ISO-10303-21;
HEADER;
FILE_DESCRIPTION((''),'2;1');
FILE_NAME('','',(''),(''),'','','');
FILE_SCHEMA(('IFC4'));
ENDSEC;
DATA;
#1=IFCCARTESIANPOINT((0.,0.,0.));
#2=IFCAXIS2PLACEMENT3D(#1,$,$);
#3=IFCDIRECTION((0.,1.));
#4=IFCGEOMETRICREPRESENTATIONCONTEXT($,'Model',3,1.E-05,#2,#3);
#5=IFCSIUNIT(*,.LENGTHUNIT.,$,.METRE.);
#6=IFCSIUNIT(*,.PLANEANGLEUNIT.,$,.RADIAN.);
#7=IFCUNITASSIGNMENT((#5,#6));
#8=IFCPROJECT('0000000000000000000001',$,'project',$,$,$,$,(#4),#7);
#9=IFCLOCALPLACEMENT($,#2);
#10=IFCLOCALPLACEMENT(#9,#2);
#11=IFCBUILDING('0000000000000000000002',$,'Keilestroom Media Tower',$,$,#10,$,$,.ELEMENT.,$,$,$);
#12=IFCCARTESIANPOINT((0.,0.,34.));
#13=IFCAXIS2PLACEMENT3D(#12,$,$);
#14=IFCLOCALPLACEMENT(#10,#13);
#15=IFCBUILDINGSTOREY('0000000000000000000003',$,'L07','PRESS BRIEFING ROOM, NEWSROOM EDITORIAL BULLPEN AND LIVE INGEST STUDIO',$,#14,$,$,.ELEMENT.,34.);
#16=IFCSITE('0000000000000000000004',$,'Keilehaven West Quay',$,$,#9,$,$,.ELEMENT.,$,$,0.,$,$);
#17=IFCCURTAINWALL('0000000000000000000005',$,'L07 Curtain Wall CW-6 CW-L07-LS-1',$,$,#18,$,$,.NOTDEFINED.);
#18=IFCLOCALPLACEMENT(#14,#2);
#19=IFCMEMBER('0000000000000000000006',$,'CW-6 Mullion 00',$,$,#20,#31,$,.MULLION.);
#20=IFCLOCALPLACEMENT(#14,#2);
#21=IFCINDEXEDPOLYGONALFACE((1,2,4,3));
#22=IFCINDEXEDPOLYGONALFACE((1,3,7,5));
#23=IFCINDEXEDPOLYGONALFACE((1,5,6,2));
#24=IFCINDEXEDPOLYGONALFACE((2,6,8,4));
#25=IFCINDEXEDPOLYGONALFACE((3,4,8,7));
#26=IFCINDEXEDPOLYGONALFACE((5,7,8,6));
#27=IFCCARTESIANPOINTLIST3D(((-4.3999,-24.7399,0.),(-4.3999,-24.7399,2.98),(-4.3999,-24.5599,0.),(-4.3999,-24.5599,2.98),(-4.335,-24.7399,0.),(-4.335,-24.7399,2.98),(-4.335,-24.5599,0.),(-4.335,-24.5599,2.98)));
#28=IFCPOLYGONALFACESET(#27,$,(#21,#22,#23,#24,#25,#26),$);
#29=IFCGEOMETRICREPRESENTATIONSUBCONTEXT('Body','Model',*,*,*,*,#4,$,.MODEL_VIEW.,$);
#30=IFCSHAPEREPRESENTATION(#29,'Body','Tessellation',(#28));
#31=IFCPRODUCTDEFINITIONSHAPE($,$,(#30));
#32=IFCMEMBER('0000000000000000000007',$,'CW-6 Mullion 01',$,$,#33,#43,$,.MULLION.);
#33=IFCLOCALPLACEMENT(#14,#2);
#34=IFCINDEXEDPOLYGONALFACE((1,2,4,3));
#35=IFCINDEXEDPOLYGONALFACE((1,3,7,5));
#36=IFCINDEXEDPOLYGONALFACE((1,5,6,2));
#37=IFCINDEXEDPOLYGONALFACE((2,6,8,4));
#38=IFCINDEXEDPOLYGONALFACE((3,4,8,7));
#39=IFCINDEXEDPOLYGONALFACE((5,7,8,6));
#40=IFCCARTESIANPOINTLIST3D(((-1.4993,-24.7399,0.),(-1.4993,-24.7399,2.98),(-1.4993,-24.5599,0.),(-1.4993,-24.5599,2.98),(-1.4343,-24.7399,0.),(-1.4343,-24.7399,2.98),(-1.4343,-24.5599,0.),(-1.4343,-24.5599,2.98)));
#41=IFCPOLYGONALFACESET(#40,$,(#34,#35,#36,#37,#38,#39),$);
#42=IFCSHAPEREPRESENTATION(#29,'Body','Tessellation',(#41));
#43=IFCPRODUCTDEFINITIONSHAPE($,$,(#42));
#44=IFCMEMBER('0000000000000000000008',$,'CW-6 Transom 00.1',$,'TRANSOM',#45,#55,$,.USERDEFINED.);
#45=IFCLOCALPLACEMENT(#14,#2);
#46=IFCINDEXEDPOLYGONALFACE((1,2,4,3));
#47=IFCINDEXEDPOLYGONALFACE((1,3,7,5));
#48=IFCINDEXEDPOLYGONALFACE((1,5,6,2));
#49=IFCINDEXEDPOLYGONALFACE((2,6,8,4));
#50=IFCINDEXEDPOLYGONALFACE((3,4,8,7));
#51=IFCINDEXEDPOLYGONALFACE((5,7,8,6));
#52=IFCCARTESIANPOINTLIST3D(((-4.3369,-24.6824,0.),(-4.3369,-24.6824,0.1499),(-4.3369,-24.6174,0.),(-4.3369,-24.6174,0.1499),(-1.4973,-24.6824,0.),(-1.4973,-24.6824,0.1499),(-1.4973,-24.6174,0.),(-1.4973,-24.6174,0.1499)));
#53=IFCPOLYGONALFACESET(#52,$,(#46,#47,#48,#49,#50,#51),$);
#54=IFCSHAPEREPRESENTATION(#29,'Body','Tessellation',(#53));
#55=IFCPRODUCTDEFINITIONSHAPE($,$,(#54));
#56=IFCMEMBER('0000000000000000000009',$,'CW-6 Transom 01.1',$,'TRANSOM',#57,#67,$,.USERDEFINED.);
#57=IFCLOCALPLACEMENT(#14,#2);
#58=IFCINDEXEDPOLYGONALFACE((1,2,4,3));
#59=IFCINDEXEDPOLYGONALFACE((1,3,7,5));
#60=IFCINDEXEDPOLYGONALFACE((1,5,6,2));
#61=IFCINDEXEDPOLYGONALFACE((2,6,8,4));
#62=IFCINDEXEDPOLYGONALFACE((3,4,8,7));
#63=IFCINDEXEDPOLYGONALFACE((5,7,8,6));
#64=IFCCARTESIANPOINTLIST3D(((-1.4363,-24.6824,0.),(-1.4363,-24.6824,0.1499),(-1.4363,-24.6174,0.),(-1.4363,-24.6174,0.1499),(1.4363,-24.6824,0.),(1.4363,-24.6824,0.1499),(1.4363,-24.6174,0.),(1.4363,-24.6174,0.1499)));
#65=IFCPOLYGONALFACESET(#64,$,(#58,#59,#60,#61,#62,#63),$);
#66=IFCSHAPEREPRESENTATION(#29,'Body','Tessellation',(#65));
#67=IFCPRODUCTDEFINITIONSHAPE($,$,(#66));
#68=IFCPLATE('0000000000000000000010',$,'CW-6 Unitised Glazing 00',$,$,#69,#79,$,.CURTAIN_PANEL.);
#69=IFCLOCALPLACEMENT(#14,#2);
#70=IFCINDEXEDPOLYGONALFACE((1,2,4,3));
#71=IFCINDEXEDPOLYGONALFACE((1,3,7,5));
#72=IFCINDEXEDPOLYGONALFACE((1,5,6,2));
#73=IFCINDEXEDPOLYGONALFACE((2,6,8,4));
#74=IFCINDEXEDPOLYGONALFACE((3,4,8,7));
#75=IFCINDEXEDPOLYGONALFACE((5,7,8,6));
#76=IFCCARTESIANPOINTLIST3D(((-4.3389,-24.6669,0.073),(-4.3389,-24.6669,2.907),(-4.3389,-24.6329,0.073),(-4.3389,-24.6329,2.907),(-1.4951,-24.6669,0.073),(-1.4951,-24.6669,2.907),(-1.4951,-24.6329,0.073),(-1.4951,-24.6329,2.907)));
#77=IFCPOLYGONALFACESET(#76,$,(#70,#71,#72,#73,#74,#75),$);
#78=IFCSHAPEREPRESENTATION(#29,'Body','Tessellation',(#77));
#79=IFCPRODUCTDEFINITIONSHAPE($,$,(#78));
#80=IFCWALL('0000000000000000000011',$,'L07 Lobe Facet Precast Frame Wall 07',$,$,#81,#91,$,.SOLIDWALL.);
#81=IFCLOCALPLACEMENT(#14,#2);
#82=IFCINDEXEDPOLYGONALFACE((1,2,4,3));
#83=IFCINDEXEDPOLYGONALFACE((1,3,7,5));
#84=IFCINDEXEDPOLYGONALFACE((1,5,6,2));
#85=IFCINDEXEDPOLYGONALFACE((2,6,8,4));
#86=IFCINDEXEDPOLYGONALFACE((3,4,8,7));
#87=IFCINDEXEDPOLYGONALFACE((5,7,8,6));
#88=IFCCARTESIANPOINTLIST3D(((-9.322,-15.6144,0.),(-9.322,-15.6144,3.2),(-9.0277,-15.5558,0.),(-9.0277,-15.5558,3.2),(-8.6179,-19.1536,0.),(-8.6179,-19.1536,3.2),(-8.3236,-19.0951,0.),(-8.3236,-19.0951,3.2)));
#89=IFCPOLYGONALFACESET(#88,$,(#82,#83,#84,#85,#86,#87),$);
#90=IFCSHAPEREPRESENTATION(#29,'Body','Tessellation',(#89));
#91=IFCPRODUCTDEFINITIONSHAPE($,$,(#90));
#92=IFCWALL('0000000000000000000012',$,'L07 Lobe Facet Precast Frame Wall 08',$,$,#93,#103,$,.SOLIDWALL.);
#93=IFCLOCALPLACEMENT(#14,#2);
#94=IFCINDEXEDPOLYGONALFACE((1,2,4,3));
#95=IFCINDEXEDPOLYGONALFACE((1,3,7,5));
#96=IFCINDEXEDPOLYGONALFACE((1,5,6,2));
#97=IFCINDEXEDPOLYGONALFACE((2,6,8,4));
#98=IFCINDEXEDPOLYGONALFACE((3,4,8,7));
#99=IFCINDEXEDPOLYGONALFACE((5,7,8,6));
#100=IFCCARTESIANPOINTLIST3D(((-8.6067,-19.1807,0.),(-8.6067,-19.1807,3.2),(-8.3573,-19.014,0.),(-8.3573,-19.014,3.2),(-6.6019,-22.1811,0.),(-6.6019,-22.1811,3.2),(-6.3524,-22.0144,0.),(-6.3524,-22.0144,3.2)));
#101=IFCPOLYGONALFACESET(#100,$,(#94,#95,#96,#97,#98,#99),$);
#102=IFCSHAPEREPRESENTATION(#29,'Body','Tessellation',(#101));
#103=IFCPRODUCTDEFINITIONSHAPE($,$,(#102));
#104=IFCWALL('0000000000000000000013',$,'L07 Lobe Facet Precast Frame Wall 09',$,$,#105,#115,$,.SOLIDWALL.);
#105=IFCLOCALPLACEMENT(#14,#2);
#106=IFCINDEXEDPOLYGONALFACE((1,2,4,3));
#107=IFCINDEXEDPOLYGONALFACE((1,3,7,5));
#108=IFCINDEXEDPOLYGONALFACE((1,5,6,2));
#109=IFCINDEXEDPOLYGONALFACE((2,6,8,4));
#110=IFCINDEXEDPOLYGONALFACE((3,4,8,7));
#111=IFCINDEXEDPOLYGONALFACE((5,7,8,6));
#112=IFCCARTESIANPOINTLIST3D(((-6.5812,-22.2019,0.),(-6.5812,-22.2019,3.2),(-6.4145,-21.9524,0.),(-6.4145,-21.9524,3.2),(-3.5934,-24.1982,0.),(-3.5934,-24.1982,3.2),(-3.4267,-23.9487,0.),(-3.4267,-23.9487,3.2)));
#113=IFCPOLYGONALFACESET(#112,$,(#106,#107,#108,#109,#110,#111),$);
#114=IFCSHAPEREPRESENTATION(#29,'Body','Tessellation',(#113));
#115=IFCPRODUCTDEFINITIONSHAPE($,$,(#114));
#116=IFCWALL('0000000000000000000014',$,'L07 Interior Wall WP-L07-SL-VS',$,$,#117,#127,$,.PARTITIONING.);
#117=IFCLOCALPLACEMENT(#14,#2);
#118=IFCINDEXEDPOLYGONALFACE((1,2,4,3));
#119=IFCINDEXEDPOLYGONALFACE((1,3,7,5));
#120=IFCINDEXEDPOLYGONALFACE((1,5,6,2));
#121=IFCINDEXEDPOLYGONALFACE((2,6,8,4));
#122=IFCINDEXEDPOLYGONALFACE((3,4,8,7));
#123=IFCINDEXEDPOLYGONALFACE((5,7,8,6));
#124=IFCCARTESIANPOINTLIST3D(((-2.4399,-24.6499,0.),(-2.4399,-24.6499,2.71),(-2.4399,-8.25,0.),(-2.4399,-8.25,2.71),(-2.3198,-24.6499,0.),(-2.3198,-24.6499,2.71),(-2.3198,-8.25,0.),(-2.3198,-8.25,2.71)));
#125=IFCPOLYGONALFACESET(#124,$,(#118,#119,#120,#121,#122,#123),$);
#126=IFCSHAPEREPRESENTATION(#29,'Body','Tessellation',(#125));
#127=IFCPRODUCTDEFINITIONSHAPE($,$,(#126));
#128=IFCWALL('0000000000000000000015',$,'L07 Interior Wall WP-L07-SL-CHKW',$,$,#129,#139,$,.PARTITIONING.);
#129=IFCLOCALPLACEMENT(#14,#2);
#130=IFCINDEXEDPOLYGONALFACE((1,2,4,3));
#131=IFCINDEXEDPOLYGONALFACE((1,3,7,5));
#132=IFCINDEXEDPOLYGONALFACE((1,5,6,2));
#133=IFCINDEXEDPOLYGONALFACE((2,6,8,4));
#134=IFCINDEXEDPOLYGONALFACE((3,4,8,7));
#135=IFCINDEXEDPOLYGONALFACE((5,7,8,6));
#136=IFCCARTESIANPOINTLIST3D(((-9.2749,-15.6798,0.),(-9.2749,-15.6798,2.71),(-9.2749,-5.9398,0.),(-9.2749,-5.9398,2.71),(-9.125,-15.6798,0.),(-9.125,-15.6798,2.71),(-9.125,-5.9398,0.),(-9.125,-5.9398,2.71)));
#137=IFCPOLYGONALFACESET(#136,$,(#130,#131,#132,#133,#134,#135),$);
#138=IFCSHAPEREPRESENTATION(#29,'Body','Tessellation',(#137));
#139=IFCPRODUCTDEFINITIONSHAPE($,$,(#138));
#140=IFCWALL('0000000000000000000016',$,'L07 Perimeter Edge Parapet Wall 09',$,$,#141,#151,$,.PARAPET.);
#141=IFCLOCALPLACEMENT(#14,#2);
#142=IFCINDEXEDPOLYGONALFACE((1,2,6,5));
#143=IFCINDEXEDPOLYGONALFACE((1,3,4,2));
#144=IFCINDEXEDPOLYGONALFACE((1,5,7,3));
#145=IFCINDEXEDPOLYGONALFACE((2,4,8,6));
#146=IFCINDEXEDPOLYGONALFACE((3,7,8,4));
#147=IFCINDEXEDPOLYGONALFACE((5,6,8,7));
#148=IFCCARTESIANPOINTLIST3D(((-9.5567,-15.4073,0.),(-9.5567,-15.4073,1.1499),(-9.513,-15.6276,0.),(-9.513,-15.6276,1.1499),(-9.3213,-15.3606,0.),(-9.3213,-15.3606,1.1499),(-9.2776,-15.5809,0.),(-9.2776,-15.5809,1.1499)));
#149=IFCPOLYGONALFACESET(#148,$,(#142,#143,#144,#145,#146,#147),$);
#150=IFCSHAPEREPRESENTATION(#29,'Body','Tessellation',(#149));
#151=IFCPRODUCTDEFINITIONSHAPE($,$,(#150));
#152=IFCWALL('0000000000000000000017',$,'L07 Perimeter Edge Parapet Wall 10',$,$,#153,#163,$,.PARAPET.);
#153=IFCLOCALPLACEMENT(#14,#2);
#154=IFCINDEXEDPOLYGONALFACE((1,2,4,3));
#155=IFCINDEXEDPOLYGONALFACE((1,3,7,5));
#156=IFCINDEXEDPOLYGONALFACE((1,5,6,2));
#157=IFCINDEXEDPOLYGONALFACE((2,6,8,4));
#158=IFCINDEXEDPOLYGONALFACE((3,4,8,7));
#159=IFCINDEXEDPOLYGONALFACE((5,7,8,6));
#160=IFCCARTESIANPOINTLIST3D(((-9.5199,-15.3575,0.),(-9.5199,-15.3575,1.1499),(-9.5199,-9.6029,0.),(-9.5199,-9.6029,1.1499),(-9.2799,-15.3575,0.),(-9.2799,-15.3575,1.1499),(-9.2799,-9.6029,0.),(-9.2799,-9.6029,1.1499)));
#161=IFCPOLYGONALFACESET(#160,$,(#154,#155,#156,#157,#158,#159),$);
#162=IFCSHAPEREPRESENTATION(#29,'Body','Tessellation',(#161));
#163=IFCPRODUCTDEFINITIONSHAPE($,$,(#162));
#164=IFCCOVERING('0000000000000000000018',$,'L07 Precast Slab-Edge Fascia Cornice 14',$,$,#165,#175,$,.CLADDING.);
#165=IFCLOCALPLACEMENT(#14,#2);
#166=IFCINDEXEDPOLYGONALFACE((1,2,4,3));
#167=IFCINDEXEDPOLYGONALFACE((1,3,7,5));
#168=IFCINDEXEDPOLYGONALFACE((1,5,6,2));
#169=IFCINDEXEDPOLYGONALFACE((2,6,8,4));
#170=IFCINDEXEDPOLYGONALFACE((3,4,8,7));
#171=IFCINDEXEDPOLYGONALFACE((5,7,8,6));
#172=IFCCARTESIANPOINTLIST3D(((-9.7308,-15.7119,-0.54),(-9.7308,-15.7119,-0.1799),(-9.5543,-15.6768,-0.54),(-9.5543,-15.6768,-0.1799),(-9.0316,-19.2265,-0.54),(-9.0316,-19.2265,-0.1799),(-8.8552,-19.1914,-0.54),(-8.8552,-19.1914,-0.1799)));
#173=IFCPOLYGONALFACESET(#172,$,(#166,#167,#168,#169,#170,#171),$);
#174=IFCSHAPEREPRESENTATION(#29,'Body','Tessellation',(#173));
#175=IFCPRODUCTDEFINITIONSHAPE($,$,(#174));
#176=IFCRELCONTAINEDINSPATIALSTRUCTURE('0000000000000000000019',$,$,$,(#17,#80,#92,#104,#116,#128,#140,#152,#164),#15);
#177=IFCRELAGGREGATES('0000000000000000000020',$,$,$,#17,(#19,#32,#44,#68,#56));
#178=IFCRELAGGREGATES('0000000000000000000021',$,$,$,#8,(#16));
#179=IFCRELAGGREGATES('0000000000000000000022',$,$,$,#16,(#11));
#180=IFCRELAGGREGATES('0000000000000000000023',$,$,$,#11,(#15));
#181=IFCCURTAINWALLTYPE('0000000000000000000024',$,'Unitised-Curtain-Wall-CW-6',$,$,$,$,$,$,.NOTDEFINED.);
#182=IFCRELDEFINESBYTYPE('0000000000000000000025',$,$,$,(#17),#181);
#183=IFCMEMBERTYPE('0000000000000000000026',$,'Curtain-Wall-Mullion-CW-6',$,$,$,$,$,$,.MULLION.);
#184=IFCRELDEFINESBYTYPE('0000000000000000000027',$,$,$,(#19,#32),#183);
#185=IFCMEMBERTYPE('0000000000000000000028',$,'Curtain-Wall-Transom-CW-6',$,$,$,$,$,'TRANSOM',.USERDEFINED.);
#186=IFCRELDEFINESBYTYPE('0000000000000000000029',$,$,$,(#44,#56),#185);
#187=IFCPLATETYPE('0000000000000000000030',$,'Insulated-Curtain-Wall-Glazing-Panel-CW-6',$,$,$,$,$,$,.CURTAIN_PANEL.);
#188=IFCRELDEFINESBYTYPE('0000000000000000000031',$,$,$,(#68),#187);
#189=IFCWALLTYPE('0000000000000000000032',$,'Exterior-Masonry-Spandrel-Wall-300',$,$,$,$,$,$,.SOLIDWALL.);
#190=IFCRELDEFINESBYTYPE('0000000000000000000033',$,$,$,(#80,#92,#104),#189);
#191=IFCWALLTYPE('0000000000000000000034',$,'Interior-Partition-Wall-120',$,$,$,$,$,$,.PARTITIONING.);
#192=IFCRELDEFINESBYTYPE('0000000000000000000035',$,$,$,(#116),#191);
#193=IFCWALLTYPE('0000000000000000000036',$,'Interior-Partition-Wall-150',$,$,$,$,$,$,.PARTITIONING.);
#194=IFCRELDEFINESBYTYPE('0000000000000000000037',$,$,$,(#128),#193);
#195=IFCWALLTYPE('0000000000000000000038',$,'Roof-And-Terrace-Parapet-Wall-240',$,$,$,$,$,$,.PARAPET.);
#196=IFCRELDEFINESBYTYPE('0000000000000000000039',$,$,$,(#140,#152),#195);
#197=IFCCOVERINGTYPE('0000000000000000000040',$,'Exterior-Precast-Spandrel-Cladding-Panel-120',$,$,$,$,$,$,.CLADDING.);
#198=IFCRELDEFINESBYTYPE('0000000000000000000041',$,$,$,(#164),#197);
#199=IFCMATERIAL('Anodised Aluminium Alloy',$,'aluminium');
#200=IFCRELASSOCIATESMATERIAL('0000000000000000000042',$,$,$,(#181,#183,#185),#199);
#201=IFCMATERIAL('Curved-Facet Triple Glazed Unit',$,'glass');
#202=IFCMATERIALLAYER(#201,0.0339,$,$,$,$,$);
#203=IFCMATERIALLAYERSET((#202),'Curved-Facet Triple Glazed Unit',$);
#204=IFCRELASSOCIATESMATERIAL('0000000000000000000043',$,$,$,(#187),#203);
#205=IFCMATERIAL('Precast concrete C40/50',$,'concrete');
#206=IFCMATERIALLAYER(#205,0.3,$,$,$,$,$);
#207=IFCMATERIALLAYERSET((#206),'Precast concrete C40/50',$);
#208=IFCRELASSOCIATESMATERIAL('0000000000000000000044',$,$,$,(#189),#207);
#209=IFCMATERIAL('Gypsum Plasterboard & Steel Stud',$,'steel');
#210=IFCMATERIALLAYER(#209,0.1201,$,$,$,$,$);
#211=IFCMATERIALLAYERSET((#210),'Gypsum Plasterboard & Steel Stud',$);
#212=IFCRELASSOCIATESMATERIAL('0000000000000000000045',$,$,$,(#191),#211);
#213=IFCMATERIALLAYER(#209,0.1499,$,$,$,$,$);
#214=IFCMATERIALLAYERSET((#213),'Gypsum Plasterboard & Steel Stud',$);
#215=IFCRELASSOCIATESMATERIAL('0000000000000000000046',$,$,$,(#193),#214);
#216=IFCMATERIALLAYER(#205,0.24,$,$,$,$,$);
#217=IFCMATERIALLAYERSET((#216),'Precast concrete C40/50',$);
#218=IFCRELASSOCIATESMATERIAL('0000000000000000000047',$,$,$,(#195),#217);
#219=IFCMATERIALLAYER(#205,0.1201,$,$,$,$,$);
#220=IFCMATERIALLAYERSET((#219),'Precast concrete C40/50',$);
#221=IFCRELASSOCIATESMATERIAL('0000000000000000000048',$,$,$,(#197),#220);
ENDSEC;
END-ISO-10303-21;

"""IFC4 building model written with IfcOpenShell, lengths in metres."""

from ifc_helpers import new_model, si_unit, direction, frame, frame_2d, origin, origin_2d, place, context, subcontext, project, spatial, rectangle, extrude, source, transform, mapped, material, layer, layer_set, material_profile, profile_set, type_object, element, aggregate, save


model = new_model("IFC4")

# Units and contexts
model_context = context("Model", 3, precision=1e-05, world=origin(), true_north=direction((0.0, 1.0)))
body_context = subcontext(model_context, "Body", "Model", "MODEL_VIEW")
ifc_project = project(units=[si_unit("LENGTHUNIT", "METRE"), si_unit("PLANEANGLEUNIT", "RADIAN")], contexts=[model_context])

# Site, building, storey
site_placement = place(None, origin())
site = spatial("IfcSite", under=ifc_project, at=site_placement, Name="Keilehaven West Quay", CompositionType="ELEMENT", RefElevation=0.0)
building_placement = place(site_placement, origin())
building = spatial("IfcBuilding", under=site, at=building_placement, Name="Keilestroom Media Tower", CompositionType="ELEMENT")
storey_placement = place(building_placement, frame((0.0, 0.0, 34.0)))
storey = spatial("IfcBuildingStorey", under=building, at=storey_placement, Name="L07", Description="PRESS BRIEFING ROOM, NEWSROOM EDITORIAL BULLPEN AND LIVE INGEST STUDIO", CompositionType="ELEMENT", Elevation=34.0)

# Curtain wall, members, plate
ifc_material_1 = material(Name="Anodised Aluminium Alloy", Category="aluminium")
curtain_wall_type = type_object("IfcCurtainWallType", Name="Unitised-Curtain-Wall-CW-6", PredefinedType="NOTDEFINED", material=ifc_material_1)
curtain_wall_placement = place(storey_placement, origin())
curtain_wall = element("IfcCurtainWall", 1, at=curtain_wall_placement, inside=storey, type_object=curtain_wall_type, Name="L07 Curtain Wall CW-6 CW-L07-LS-1", PredefinedType="NOTDEFINED")
ifc_material_profile_1 = material_profile(ifc_material_1, rectangle(XDim=0.0649, YDim=0.1799, at=origin_2d()), Name="ALU MULLION 65x180")
ifc_profile_set_1 = profile_set([ifc_material_profile_1], Name="Anodised Aluminium Alloy")
member_type_1 = type_object("IfcMemberType", Name="Curtain-Wall-Mullion-CW-6", PredefinedType="MULLION", material=ifc_profile_set_1)
shared_shape_1 = source(origin(), body_context, "Body", "SweptSolid", [
    extrude(rectangle(XDim=0.0649, YDim=0.1799, at=origin_2d()), origin(), (0.0, 0.0, 1.0), 2.98),
])
member_1_placement = place(storey_placement, frame((-4.3674, -24.6499, 0.0), z_axis=(0.0, 0.0, 1.0), x_axis=(1.0, 0.0, 0.0)))
member_1 = element("IfcMember", 2, at=member_1_placement, type_object=member_type_1, Name="CW-6 Mullion 00", PredefinedType="MULLION", context=body_context, shape_type="MappedRepresentation", body=[
    mapped(shared_shape_1, transform((0.0, 0.0, 0.0), x_axis=(1.0, 0.0, 0.0), y_axis=(0.0, 1.0, 0.0), z_axis=(0.0, 0.0, 1.0), scale=1.0)),
])
member_2_placement = place(storey_placement, frame((-1.4668, -24.6499, 0.0), z_axis=(0.0, 0.0, 1.0), x_axis=(1.0, 0.0, 0.0)))
member_2 = element("IfcMember", 3, at=member_2_placement, type_object=member_type_1, Name="CW-6 Mullion 01", PredefinedType="MULLION", context=body_context, shape_type="MappedRepresentation", body=[
    mapped(shared_shape_1, transform((0.0, 0.0, 0.0), x_axis=(1.0, 0.0, 0.0), y_axis=(0.0, 1.0, 0.0), z_axis=(0.0, 0.0, 1.0), scale=1.0)),
])
ifc_material_profile_2 = material_profile(ifc_material_1, rectangle(XDim=0.0649, YDim=0.1499, at=origin_2d()), Name="ALU TRANSOM 65x150")
ifc_profile_set_2 = profile_set([ifc_material_profile_2], Name="Anodised Aluminium Alloy")
member_type_2 = type_object("IfcMemberType", Name="Curtain-Wall-Transom-CW-6", ElementType="TRANSOM", PredefinedType="USERDEFINED", material=ifc_profile_set_2)
shared_shape_2 = source(origin(), body_context, "Body", "SweptSolid", [
    extrude(rectangle(XDim=0.0649, YDim=0.1499, at=origin_2d()), origin(), (0.0, 0.0, 1.0), 2.8396),
])
member_3_placement = place(storey_placement, frame((-4.3369, -24.6499, 0.075), z_axis=(1.0, 0.0, 0.0), x_axis=(0.0, 1.0, 0.0)))
member_3 = element("IfcMember", 4, at=member_3_placement, type_object=member_type_2, Name="CW-6 Transom 00.1", ObjectType="TRANSOM", PredefinedType="USERDEFINED", context=body_context, shape_type="MappedRepresentation", body=[
    mapped(shared_shape_2, transform((0.0, 0.0, 0.0), x_axis=(1.0, 0.0, 0.0), y_axis=(0.0, 1.0, 0.0), z_axis=(0.0, 0.0, 1.0), scale=1.0)),
])
shared_shape_3 = source(origin(), body_context, "Body", "SweptSolid", [
    extrude(rectangle(XDim=0.0649, YDim=0.1499, at=origin_2d()), origin(), (0.0, 0.0, 1.0), 2.8726),
])
member_4_placement = place(storey_placement, frame((-1.4363, -24.6499, 0.075), z_axis=(1.0, 0.0, 0.0), x_axis=(0.0, 1.0, 0.0)))
member_4 = element("IfcMember", 5, at=member_4_placement, type_object=member_type_2, Name="CW-6 Transom 01.1", ObjectType="TRANSOM", PredefinedType="USERDEFINED", context=body_context, shape_type="MappedRepresentation", body=[
    mapped(shared_shape_3, transform((0.0, 0.0, 0.0), x_axis=(1.0, 0.0, 0.0), y_axis=(0.0, 1.0, 0.0), z_axis=(0.0, 0.0, 1.0), scale=1.0)),
])
ifc_material_2 = material(Name="Curved-Facet Triple Glazed Unit", Category="glass")
ifc_layer_1 = layer(ifc_material_2, 0.0339)
ifc_layer_set_1 = layer_set([ifc_layer_1], Name="Curved-Facet Triple Glazed Unit")
plate_type = type_object("IfcPlateType", Name="Insulated-Curtain-Wall-Glazing-Panel-CW-6", PredefinedType="CURTAIN_PANEL", material=ifc_layer_set_1)
shared_shape_4 = source(origin(), body_context, "Body", "SweptSolid", [
    extrude(rectangle(XDim=2.8438, YDim=0.0339, at=origin_2d()), origin(), (0.0, 0.0, 1.0), 2.834),
])
plate_placement = place(storey_placement, frame((-2.917, -24.6499, 0.073), z_axis=(0.0, 0.0, 1.0), x_axis=(1.0, 0.0, 0.0)))
plate = element("IfcPlate", 6, at=plate_placement, type_object=plate_type, Name="CW-6 Unitised Glazing 00", PredefinedType="CURTAIN_PANEL", context=body_context, shape_type="MappedRepresentation", body=[
    mapped(shared_shape_4, transform((0.0, 0.0, 0.0), x_axis=(1.0, 0.0, 0.0), y_axis=(0.0, 1.0, 0.0), z_axis=(0.0, 0.0, 1.0), scale=1.0)),
])
aggregate(curtain_wall, [member_1, member_2, member_3, plate, member_4])

# Walls
ifc_material_3 = material(Name="Precast concrete C40/50", Category="concrete")
ifc_layer_2 = layer(ifc_material_3, 0.3)
ifc_layer_set_2 = layer_set([ifc_layer_2], Name="Precast concrete C40/50")
wall_type_1 = type_object("IfcWallType", Name="Exterior-Masonry-Spandrel-Wall-300", PredefinedType="SOLIDWALL", material=ifc_layer_set_2)
for number, where, z_axis, x_axis, name in (
    (7, (-9.1748, -15.5852, 0.0), (0.0, 0.0, 1.0), (0.195114, -0.980781, 0.0), "L07 Lobe Facet Precast Frame Wall 07"),
    (8, (-8.4819, -19.0974, 0.0), (0.0, 0.0, 1.0), (0.555574, -0.831467, 0.0), "L07 Lobe Facet Precast Frame Wall 08"),
):
    element("IfcWall", number, at=place(storey_placement, frame(where, z_axis=z_axis, x_axis=x_axis)), inside=storey, type_object=wall_type_1, Name=name, PredefinedType="SOLIDWALL", context=body_context, shape_type="SweptSolid", body=[
        extrude(rectangle(XDim=3.6086, YDim=0.3, at=frame_2d((1.8042, 0.0))), origin(), (0.0, 0.0, 1.0), 3.2),
    ])
wall_1_placement = place(storey_placement, frame((-6.4978, -22.0771, 0.0), z_axis=(0.0, 0.0, 1.0), x_axis=(0.831475, -0.555562, 0.0)))
element("IfcWall", 9, at=wall_1_placement, inside=storey, type_object=wall_type_1, Name="L07 Lobe Facet Precast Frame Wall 09", PredefinedType="SOLIDWALL", context=body_context, shape_type="SweptSolid", body=[
    extrude(rectangle(XDim=3.5933, YDim=0.3, at=frame_2d((1.7966, 0.0))), origin(), (0.0, 0.0, 1.0), 3.2),
])
ifc_material_4 = material(Name="Gypsum Plasterboard & Steel Stud", Category="steel")
ifc_layer_3 = layer(ifc_material_4, 0.1201)
ifc_layer_set_3 = layer_set([ifc_layer_3], Name="Gypsum Plasterboard & Steel Stud")
wall_type_2 = type_object("IfcWallType", Name="Interior-Partition-Wall-120", PredefinedType="PARTITIONING", material=ifc_layer_set_3)
wall_2_placement = place(storey_placement, frame((-2.3799, -24.6499, 0.0), z_axis=(0.0, 0.0, 1.0), x_axis=(0.0, 1.0, 0.0)))
element("IfcWall", 10, at=wall_2_placement, inside=storey, type_object=wall_type_2, Name="L07 Interior Wall WP-L07-SL-VS", PredefinedType="PARTITIONING", context=body_context, shape_type="SweptSolid", body=[
    extrude(rectangle(XDim=16.3999, YDim=0.1201, at=frame_2d((8.2, 0.0))), origin(), (0.0, 0.0, 1.0), 2.71),
])
ifc_layer_4 = layer(ifc_material_4, 0.1499)
ifc_layer_set_4 = layer_set([ifc_layer_4], Name="Gypsum Plasterboard & Steel Stud")
wall_type_3 = type_object("IfcWallType", Name="Interior-Partition-Wall-150", PredefinedType="PARTITIONING", material=ifc_layer_set_4)
wall_3_placement = place(storey_placement, frame((-9.2, -15.6799, 0.0), z_axis=(0.0, 0.0, 1.0), x_axis=(0.0, 1.0, 0.0)))
element("IfcWall", 11, at=wall_3_placement, inside=storey, type_object=wall_type_3, Name="L07 Interior Wall WP-L07-SL-CHKW", PredefinedType="PARTITIONING", context=body_context, shape_type="SweptSolid", body=[
    extrude(rectangle(XDim=9.74, YDim=0.1499, at=frame_2d((4.8701, 0.0))), origin(), (0.0, 0.0, 1.0), 2.71),
])
ifc_layer_5 = layer(ifc_material_3, 0.24)
ifc_layer_set_5 = layer_set([ifc_layer_5], Name="Precast concrete C40/50")
wall_type_4 = type_object("IfcWallType", Name="Roof-And-Terrace-Parapet-Wall-240", PredefinedType="PARAPET", material=ifc_layer_set_5)
wall_4_placement = place(storey_placement, frame((-9.3953, -15.6042, 0.0), z_axis=(0.0, 0.0, 1.0), x_axis=(-0.194652, 0.980872, 0.0)))
element("IfcWall", 12, at=wall_4_placement, inside=storey, type_object=wall_type_4, Name="L07 Perimeter Edge Parapet Wall 09", PredefinedType="PARAPET", context=body_context, shape_type="SweptSolid", body=[
    extrude(rectangle(XDim=0.2246, YDim=0.24, at=frame_2d((0.1123, 0.0))), origin(), (0.0, 0.0, 1.0), 1.1499),
])
wall_5_placement = place(storey_placement, frame((-9.3999, -15.3577, 0.0), z_axis=(0.0, 0.0, 1.0), x_axis=(0.0, 1.0, 0.0)))
element("IfcWall", 13, at=wall_5_placement, inside=storey, type_object=wall_type_4, Name="L07 Perimeter Edge Parapet Wall 10", PredefinedType="PARAPET", context=body_context, shape_type="SweptSolid", body=[
    extrude(rectangle(XDim=5.7546, YDim=0.24, at=frame_2d((2.8774, 0.0))), origin(), (0.0, 0.0, 1.0), 1.1499),
])

# Covering
ifc_layer_6 = layer(ifc_material_3, 0.1201)
ifc_layer_set_6 = layer_set([ifc_layer_6], Name="Precast concrete C40/50")
covering_type = type_object("IfcCoveringType", Name="Exterior-Precast-Spandrel-Cladding-Panel-120", PredefinedType="CLADDING", material=ifc_layer_set_6)
shared_shape_5 = source(origin(), body_context, "Body", "SweptSolid", [
    extrude(rectangle(XDim=3.5835, YDim=0.1799, at=origin_2d()), origin(), (0.0, 0.0, 1.0), 0.3601),
])
covering_placement = place(storey_placement, frame((-9.293, -17.4517, -0.54), z_axis=(0.0, 0.0, 1.0), x_axis=(-0.195099, 0.980784, 0.0)))
element("IfcCovering", 14, at=covering_placement, inside=storey, type_object=covering_type, Name="L07 Precast Slab-Edge Fascia Cornice 14", PredefinedType="CLADDING", context=body_context, shape_type="MappedRepresentation", body=[
    mapped(shared_shape_5, transform((0.0, 0.0, 0.0), x_axis=(1.0, 0.0, 0.0), y_axis=(0.0, 1.0, 0.0), z_axis=(0.0, 0.0, 1.0), scale=1.0)),
])

save(model, "model.ifc")
